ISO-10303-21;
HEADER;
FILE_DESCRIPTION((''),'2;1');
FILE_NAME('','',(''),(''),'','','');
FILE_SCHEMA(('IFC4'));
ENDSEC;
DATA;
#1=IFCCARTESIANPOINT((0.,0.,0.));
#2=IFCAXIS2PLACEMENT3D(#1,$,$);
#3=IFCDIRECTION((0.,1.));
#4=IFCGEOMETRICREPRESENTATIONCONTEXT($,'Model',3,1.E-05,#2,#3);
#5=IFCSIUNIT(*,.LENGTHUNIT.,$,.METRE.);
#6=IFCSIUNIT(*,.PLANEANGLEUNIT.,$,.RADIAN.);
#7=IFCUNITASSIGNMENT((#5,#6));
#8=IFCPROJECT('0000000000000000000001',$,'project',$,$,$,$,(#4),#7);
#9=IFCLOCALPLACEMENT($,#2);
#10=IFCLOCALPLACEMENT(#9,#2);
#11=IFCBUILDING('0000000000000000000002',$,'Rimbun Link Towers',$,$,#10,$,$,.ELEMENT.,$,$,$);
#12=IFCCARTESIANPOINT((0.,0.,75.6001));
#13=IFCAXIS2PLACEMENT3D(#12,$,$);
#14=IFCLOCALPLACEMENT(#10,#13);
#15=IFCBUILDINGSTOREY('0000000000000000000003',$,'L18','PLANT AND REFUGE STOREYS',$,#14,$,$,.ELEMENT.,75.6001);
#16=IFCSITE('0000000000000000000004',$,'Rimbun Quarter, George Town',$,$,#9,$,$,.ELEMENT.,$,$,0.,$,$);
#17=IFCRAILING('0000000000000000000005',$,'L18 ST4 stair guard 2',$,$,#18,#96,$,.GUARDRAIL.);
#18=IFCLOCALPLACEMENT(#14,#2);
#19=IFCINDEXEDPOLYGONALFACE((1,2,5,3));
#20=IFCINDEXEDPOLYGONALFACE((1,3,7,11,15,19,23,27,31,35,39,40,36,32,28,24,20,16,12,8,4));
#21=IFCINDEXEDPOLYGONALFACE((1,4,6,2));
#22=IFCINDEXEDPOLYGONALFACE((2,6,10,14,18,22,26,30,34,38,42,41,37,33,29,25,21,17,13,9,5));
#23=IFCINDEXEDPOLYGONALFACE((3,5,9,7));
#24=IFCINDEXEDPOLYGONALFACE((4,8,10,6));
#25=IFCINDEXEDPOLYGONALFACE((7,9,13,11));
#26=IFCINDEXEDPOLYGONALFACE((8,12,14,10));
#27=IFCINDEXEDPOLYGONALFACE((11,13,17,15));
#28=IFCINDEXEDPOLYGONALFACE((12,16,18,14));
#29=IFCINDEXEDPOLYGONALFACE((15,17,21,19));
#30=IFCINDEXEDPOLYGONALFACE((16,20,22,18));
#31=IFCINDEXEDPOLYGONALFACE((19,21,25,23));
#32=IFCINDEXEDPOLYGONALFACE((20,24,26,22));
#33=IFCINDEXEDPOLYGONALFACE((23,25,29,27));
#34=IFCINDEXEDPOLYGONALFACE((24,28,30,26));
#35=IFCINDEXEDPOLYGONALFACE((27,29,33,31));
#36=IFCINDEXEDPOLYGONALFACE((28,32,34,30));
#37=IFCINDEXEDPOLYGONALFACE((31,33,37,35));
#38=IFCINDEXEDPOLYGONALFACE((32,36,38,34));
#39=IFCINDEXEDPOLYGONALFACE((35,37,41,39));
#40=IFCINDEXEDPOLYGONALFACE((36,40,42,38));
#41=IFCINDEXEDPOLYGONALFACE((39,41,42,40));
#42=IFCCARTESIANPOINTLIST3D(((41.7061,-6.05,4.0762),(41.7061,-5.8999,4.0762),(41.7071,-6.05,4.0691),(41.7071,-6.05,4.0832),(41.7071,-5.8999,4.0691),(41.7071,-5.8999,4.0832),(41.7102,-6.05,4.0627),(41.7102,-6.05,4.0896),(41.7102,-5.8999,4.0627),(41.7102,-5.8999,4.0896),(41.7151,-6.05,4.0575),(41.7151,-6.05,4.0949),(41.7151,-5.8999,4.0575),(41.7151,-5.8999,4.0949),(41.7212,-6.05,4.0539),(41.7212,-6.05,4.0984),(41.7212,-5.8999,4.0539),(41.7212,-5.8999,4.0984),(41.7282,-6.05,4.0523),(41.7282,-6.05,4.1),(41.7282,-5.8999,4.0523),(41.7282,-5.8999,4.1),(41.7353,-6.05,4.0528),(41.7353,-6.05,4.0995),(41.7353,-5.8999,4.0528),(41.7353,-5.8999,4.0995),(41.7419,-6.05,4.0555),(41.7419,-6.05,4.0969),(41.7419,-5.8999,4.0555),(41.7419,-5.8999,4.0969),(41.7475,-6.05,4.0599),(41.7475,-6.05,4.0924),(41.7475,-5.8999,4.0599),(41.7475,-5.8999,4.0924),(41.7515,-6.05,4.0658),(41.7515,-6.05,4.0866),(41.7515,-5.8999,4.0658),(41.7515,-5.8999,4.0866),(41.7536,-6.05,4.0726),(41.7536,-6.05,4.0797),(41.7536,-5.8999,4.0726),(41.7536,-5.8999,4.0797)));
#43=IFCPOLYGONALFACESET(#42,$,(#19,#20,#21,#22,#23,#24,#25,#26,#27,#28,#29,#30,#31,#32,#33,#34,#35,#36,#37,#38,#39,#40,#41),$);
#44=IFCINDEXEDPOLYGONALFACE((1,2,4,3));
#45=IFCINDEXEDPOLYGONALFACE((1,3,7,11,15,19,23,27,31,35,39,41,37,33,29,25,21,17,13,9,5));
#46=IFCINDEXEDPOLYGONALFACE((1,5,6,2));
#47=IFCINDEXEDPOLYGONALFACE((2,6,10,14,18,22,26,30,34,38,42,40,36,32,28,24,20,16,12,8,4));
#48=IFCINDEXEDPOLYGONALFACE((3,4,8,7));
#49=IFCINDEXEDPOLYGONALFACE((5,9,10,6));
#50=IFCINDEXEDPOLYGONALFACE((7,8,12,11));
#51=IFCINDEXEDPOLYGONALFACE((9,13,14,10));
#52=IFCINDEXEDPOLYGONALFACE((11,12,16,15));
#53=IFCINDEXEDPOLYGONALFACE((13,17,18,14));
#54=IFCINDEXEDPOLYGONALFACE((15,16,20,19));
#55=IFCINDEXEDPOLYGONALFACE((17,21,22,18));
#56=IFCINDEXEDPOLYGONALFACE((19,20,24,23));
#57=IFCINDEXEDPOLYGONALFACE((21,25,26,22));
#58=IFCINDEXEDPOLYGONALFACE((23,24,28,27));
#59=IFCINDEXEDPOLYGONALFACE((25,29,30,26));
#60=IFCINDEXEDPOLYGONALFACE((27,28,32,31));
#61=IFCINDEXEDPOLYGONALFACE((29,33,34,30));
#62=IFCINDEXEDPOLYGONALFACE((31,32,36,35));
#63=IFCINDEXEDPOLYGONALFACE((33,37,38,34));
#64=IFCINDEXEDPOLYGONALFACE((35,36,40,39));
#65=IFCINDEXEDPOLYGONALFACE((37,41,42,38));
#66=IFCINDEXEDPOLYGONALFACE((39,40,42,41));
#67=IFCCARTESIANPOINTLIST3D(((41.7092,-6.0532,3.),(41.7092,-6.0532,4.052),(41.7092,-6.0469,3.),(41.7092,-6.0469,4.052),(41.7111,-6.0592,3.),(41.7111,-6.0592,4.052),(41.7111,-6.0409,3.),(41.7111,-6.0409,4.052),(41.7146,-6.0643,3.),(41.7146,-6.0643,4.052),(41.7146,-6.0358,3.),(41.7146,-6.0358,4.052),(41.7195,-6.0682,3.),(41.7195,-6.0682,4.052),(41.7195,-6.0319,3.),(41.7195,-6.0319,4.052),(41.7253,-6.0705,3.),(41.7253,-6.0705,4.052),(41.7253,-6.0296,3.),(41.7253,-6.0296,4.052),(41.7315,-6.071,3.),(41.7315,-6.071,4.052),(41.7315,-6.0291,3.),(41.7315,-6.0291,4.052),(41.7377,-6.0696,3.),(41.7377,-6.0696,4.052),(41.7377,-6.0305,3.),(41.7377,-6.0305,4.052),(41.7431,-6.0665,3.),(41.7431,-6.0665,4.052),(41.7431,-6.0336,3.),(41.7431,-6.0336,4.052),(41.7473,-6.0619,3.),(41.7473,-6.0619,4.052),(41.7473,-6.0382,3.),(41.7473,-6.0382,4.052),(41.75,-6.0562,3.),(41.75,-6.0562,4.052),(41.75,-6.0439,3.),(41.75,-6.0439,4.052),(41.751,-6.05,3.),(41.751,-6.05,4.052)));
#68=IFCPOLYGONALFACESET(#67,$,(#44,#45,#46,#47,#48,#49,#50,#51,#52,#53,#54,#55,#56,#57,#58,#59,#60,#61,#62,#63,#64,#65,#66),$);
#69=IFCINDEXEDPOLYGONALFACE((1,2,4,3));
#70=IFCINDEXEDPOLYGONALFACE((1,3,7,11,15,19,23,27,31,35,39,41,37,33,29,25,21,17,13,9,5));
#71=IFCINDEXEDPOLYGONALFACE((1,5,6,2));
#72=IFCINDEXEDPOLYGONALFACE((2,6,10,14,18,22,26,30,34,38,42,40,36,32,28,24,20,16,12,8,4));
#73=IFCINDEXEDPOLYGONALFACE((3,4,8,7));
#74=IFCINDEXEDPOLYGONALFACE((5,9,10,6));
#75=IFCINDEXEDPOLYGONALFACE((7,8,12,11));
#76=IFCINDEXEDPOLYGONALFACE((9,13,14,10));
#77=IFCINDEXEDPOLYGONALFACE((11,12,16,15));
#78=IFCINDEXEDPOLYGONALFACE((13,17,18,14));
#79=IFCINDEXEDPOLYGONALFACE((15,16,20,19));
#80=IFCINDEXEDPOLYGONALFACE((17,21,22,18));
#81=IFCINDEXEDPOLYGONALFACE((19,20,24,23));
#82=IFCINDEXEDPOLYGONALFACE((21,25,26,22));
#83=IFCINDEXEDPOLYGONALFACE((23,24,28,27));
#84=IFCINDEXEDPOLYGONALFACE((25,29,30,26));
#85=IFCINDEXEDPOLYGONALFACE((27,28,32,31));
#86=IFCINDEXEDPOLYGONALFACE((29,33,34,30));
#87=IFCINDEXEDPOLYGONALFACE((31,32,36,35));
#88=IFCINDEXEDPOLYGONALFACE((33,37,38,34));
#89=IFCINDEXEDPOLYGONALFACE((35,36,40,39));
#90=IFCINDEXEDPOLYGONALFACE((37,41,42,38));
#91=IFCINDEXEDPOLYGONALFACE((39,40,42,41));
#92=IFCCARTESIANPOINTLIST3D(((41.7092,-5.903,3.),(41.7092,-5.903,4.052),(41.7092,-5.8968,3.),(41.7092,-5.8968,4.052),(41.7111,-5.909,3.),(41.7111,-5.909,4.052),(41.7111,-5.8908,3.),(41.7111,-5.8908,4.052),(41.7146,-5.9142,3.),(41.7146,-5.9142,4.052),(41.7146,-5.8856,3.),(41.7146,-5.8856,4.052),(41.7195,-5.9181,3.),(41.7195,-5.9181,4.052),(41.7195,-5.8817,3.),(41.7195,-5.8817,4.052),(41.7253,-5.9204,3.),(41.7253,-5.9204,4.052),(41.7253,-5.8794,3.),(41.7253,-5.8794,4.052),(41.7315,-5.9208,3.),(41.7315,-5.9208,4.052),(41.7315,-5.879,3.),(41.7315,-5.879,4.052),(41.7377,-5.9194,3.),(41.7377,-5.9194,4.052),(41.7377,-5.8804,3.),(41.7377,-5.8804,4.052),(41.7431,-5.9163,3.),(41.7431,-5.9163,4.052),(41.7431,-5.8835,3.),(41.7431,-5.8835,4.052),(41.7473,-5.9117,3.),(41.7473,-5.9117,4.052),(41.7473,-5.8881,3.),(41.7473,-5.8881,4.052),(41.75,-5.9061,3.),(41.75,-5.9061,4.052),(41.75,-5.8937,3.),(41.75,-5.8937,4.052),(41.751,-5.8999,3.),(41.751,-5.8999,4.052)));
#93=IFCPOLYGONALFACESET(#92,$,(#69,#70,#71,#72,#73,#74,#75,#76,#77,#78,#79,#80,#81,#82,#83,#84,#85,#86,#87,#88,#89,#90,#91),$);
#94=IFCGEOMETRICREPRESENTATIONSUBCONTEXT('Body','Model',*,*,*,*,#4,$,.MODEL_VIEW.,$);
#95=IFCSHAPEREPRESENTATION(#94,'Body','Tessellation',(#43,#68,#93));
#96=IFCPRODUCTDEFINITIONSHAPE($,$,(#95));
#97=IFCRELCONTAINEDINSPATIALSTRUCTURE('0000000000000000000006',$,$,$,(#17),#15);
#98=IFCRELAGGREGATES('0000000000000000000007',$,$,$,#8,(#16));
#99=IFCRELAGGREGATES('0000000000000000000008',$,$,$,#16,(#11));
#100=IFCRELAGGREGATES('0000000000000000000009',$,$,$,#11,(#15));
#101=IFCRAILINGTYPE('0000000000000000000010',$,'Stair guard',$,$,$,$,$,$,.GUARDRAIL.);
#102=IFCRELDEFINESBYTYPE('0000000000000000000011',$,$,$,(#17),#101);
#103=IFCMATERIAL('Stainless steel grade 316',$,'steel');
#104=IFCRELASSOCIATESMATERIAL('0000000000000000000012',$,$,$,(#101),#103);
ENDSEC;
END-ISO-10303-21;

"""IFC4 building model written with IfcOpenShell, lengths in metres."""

from ifc_helpers import new_model, si_unit, direction, frame, origin, origin_2d, place, context, subcontext, project, spatial, circle, extrude, material, type_object, element, save


model = new_model("IFC4")

# Units and contexts
model_context = context("Model", 3, precision=1e-05, world=origin(), true_north=direction((0.0, 1.0)))
body_context = subcontext(model_context, "Body", "Model", "MODEL_VIEW")
ifc_project = project(units=[si_unit("LENGTHUNIT", "METRE"), si_unit("PLANEANGLEUNIT", "RADIAN")], contexts=[model_context])

# Site, building, storey
site_placement = place(None, origin())
site = spatial("IfcSite", under=ifc_project, at=site_placement, Name="Rimbun Quarter, George Town", CompositionType="ELEMENT", RefElevation=0.0)
building_placement = place(site_placement, origin())
building = spatial("IfcBuilding", under=site, at=building_placement, Name="Rimbun Link Towers", CompositionType="ELEMENT")
storey_placement = place(building_placement, frame((0.0, 0.0, 75.6001)))
storey = spatial("IfcBuildingStorey", under=building, at=storey_placement, Name="L18", Description="PLANT AND REFUGE STOREYS", CompositionType="ELEMENT", Elevation=75.6001)

# Railing
ifc_material_1 = material(Name="Stainless steel grade 316", Category="steel")
railing_type_1 = type_object("IfcRailingType", Name="Stair guard", PredefinedType="GUARDRAIL", material=ifc_material_1)
railing_1_placement = place(storey_placement, frame((41.73, -6.05, 3.0)))
element("IfcRailing", 1, at=railing_1_placement, inside=storey, type_object=railing_type_1, Name="L18 ST4 stair guard 2", PredefinedType="GUARDRAIL", context=body_context, shape_type="SweptSolid", body=[
    extrude(circle(Radius=0.0239, at=origin_2d()), frame((0.0, 0.0, 1.0762), z_axis=(0.0, 1.0, 0.0), x_axis=(-1.0, 0.0, 0.0)), (0.0, 0.0, 1.0), 0.1501),
    extrude(circle(Radius=0.021, at=origin_2d()), origin(), (0.0, 0.0, 1.0), 1.052),
    extrude(circle(Radius=0.021, at=origin_2d()), frame((0.0, 0.1501, 0.0)), (0.0, 0.0, 1.0), 1.052),
])

save(model, "model.ifc")
